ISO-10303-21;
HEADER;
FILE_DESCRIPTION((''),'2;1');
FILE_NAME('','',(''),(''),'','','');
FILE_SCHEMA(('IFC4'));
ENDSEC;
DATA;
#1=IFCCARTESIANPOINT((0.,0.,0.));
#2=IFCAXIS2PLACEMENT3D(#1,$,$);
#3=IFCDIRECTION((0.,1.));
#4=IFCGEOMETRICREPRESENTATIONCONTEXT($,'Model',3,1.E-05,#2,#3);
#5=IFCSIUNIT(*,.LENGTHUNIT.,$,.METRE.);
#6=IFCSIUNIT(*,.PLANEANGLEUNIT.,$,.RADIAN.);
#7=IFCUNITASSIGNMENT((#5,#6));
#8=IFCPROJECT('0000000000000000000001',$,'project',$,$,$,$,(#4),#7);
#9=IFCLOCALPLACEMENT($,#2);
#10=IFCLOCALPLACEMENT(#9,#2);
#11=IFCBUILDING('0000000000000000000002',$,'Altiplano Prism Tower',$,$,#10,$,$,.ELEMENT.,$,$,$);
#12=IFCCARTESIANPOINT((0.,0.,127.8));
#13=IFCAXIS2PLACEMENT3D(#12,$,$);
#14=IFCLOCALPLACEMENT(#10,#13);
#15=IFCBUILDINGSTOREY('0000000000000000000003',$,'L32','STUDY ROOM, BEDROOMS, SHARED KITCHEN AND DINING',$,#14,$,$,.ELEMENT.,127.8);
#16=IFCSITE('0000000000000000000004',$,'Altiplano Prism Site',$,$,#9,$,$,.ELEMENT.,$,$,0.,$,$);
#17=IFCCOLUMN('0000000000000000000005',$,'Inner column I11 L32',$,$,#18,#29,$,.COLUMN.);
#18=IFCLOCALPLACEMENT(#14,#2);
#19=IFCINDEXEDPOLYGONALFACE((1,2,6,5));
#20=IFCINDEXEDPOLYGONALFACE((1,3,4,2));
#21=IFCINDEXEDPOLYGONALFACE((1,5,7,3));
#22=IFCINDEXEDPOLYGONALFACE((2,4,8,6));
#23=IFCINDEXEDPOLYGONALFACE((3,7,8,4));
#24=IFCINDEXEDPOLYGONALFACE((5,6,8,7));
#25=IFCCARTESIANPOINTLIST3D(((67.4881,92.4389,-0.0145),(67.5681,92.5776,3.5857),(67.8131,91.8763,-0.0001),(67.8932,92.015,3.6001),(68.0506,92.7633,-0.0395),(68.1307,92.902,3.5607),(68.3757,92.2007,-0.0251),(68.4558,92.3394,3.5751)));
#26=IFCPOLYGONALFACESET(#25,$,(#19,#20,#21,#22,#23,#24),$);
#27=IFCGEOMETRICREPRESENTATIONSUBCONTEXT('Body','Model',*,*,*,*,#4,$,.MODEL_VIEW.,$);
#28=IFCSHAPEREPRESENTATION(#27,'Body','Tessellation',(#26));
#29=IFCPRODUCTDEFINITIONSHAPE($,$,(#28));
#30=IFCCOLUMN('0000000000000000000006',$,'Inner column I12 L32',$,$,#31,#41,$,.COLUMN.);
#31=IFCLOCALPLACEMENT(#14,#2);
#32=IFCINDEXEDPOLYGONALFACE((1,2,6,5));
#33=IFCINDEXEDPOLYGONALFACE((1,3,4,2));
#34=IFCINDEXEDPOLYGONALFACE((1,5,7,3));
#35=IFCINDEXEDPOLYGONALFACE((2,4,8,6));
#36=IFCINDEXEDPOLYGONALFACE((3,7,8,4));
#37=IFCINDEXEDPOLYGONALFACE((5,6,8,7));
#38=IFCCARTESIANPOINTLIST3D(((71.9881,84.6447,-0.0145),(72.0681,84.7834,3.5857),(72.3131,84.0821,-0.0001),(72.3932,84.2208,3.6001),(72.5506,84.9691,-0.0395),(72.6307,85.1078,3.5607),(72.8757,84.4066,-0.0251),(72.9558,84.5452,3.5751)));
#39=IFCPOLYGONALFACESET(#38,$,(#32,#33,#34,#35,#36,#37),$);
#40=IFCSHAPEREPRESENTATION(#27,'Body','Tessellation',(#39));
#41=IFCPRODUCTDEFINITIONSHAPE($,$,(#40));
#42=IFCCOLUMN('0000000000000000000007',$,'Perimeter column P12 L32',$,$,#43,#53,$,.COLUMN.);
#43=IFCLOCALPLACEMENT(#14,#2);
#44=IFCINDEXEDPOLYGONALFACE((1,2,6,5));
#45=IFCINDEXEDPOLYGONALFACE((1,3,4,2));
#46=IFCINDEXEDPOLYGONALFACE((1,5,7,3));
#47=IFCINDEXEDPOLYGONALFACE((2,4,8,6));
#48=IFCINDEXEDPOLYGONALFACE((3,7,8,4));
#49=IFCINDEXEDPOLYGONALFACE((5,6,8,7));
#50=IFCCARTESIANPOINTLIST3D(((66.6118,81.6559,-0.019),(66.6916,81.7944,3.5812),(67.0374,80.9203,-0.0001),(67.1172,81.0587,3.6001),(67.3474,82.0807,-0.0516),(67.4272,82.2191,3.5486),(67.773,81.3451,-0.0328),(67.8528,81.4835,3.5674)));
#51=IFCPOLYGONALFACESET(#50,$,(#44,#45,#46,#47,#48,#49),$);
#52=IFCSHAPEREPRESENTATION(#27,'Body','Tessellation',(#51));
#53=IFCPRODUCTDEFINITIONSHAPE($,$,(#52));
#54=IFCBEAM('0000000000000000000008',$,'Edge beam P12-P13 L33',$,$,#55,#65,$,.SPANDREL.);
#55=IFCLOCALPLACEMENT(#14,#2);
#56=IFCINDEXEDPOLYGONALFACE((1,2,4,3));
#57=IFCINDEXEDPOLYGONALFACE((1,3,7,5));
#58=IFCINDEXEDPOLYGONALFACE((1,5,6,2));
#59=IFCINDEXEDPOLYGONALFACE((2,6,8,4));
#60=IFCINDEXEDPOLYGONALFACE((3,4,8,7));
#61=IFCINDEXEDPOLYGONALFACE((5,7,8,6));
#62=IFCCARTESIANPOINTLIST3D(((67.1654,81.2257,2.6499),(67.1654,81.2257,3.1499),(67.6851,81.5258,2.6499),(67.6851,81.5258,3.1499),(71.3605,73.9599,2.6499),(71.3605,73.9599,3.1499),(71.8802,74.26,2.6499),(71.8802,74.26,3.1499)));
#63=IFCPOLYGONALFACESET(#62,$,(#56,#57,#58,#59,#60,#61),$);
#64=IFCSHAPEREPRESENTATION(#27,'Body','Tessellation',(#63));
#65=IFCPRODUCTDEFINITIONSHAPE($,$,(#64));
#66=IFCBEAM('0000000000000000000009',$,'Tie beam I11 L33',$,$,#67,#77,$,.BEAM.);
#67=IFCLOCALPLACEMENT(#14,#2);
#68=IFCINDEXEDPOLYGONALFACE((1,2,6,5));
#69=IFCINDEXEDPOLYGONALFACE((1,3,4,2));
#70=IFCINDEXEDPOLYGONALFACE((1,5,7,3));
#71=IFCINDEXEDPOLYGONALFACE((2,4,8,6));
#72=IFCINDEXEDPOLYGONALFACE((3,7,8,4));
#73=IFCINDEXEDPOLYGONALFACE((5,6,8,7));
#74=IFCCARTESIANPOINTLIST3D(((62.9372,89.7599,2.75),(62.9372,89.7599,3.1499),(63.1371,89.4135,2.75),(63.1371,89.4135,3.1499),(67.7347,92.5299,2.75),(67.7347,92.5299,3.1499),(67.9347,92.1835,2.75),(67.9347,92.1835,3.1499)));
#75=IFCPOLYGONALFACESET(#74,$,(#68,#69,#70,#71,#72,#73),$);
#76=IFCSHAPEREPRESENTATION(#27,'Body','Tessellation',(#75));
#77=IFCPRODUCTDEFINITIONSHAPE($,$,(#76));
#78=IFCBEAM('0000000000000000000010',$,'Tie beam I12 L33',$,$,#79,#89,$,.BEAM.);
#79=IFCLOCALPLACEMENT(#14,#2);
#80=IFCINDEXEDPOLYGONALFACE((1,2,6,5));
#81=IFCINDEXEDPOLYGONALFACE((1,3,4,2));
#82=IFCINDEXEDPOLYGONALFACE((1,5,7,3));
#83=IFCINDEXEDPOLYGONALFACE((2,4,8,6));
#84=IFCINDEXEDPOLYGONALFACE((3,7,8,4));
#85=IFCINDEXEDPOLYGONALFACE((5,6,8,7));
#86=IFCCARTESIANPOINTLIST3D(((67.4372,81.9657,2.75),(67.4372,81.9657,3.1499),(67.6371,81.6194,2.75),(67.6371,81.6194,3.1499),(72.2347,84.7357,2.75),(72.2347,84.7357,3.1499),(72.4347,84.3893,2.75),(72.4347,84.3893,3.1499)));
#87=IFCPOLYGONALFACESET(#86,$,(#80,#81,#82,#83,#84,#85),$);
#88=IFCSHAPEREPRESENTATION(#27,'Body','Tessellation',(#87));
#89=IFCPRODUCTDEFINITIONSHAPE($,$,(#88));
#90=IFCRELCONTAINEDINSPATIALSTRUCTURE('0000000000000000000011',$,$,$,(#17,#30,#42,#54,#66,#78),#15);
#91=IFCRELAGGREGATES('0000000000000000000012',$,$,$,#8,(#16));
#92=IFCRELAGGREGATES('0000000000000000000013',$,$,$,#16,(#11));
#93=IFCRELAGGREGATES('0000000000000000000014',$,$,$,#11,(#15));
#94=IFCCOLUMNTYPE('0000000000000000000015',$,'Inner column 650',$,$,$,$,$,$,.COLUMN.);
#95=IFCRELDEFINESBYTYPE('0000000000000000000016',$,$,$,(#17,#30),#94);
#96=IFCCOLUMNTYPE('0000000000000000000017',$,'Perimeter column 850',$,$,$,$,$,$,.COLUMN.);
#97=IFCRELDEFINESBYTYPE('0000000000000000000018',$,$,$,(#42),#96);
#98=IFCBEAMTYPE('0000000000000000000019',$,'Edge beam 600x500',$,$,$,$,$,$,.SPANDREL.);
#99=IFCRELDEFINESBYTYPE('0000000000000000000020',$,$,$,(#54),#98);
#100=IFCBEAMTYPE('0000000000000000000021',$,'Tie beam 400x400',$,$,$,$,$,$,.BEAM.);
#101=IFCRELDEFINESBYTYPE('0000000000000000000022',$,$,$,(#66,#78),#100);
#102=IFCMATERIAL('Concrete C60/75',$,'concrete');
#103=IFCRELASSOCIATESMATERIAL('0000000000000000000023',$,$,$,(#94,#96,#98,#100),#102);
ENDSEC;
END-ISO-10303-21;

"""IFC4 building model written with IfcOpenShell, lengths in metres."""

from ifc_helpers import new_model, si_unit, direction, frame, origin, origin_2d, place, context, subcontext, project, spatial, rectangle, extrude, material, material_profile, profile_set, type_object, element, save


model = new_model("IFC4")

# Units and contexts
model_context = context("Model", 3, precision=1e-05, world=origin(), true_north=direction((0.0, 1.0)))
body_context = subcontext(model_context, "Body", "Model", "MODEL_VIEW")
ifc_project = project(units=[si_unit("LENGTHUNIT", "METRE"), si_unit("PLANEANGLEUNIT", "RADIAN")], contexts=[model_context])

# Site, building, storey
site_placement = place(None, origin())
site = spatial("IfcSite", under=ifc_project, at=site_placement, Name="Altiplano Prism Site", CompositionType="ELEMENT", RefElevation=0.0)
building_placement = place(site_placement, origin())
building = spatial("IfcBuilding", under=site, at=building_placement, Name="Altiplano Prism Tower", CompositionType="ELEMENT")
storey_placement = place(building_placement, frame((0.0, 0.0, 127.8)))
storey = spatial("IfcBuildingStorey", under=building, at=storey_placement, Name="L32", Description="STUDY ROOM, BEDROOMS, SHARED KITCHEN AND DINING", CompositionType="ELEMENT", Elevation=127.8)

# Columns
ifc_material_1 = material(Name="Concrete C60/75", Category="concrete")
ifc_material_profile_1 = material_profile(ifc_material_1, rectangle(XDim=0.6499, YDim=0.6499, at=origin_2d()), Name="Inner column 650")
ifc_profile_set_1 = profile_set([ifc_material_profile_1], Name="Concrete C60/75")
column_type_1 = type_object("IfcColumnType", Name="Inner column 650", PredefinedType="COLUMN", material=ifc_profile_set_1)
for number, where, z_axis, x_axis, name in (
    (1, (67.9319, 92.3198, -0.0198), (0.022221, 0.038481, 0.999012), (-0.865639, -0.499187, 0.038483), "Inner column I11 L32"),
    (2, (72.4319, 84.5256, -0.0198), (0.022221, 0.038481, 0.999012), (-0.865639, -0.499187, 0.038483), "Inner column I12 L32"),
):
    element("IfcColumn", number, at=place(storey_placement, frame(where, z_axis=z_axis, x_axis=x_axis)), inside=storey, type_object=column_type_1, Name=name, PredefinedType="COLUMN", context=body_context, shape_type="SweptSolid", body=[
        extrude(rectangle(XDim=0.6499, YDim=0.6499, at=origin_2d()), origin(), (0.0, 0.0, 1.0), 3.6038),
    ])
ifc_material_profile_2 = material_profile(ifc_material_1, rectangle(XDim=0.8501, YDim=0.8501, at=origin_2d()), Name="Perimeter column 850")
ifc_profile_set_2 = profile_set([ifc_material_profile_2], Name="Concrete C60/75")
column_type_2 = type_object("IfcColumnType", Name="Perimeter column 850", PredefinedType="COLUMN", material=ifc_profile_set_2)
column_placement = place(storey_placement, frame((67.1924, 81.5005, -0.0259), z_axis=(0.022154, 0.038413, 0.999016), x_axis=(-0.865362, -0.499674, 0.038403)))
element("IfcColumn", 3, at=column_placement, inside=storey, type_object=column_type_2, Name="Perimeter column P12 L32", PredefinedType="COLUMN", context=body_context, shape_type="SweptSolid", body=[
    extrude(rectangle(XDim=0.8501, YDim=0.8501, at=origin_2d()), origin(), (0.0, 0.0, 1.0), 3.6038),
])

# Beams
ifc_material_profile_3 = material_profile(ifc_material_1, rectangle(XDim=0.6001, YDim=0.5, at=origin_2d()), Name="Edge beam 600x500")
ifc_profile_set_3 = profile_set([ifc_material_profile_3], Name="Concrete C60/75")
beam_type_1 = type_object("IfcBeamType", Name="Edge beam 600x500", PredefinedType="SPANDREL", material=ifc_profile_set_3)
beam_placement = place(storey_placement, frame((67.4253, 81.3757, 2.8999), z_axis=(0.50001, -0.866019, 0.0), x_axis=(0.866019, 0.50001, 0.0)))
element("IfcBeam", 4, at=beam_placement, inside=storey, type_object=beam_type_1, Name="Edge beam P12-P13 L33", PredefinedType="SPANDREL", context=body_context, shape_type="SweptSolid", body=[
    extrude(rectangle(XDim=0.6001, YDim=0.5, at=origin_2d()), origin(), (0.0, 0.0, 1.0), 8.3899),
])
ifc_material_profile_4 = material_profile(ifc_material_1, rectangle(XDim=0.3999, YDim=0.3999, at=origin_2d()), Name="Tie beam 400x400")
ifc_profile_set_4 = profile_set([ifc_material_profile_4], Name="Concrete C60/75")
beam_type_2 = type_object("IfcBeamType", Name="Tie beam 400x400", PredefinedType="BEAM", material=ifc_profile_set_4)
for number, where, z_axis, x_axis, name in (
    (5, (67.8347, 92.3567, 2.95), (-0.866016, -0.500016, 0.0), (0.500016, -0.866016, 0.0), "Tie beam I11 L33"),
    (6, (72.3347, 84.5625, 2.95), (-0.866016, -0.500016, 0.0), (0.500016, -0.866016, 0.0), "Tie beam I12 L33"),
):
    element("IfcBeam", number, at=place(storey_placement, frame(where, z_axis=z_axis, x_axis=x_axis)), inside=storey, type_object=beam_type_2, Name=name, PredefinedType="BEAM", context=body_context, shape_type="SweptSolid", body=[
        extrude(rectangle(XDim=0.3999, YDim=0.3999, at=origin_2d()), origin(), (0.0, 0.0, 1.0), 5.5398),
    ])

save(model, "model.ifc")
